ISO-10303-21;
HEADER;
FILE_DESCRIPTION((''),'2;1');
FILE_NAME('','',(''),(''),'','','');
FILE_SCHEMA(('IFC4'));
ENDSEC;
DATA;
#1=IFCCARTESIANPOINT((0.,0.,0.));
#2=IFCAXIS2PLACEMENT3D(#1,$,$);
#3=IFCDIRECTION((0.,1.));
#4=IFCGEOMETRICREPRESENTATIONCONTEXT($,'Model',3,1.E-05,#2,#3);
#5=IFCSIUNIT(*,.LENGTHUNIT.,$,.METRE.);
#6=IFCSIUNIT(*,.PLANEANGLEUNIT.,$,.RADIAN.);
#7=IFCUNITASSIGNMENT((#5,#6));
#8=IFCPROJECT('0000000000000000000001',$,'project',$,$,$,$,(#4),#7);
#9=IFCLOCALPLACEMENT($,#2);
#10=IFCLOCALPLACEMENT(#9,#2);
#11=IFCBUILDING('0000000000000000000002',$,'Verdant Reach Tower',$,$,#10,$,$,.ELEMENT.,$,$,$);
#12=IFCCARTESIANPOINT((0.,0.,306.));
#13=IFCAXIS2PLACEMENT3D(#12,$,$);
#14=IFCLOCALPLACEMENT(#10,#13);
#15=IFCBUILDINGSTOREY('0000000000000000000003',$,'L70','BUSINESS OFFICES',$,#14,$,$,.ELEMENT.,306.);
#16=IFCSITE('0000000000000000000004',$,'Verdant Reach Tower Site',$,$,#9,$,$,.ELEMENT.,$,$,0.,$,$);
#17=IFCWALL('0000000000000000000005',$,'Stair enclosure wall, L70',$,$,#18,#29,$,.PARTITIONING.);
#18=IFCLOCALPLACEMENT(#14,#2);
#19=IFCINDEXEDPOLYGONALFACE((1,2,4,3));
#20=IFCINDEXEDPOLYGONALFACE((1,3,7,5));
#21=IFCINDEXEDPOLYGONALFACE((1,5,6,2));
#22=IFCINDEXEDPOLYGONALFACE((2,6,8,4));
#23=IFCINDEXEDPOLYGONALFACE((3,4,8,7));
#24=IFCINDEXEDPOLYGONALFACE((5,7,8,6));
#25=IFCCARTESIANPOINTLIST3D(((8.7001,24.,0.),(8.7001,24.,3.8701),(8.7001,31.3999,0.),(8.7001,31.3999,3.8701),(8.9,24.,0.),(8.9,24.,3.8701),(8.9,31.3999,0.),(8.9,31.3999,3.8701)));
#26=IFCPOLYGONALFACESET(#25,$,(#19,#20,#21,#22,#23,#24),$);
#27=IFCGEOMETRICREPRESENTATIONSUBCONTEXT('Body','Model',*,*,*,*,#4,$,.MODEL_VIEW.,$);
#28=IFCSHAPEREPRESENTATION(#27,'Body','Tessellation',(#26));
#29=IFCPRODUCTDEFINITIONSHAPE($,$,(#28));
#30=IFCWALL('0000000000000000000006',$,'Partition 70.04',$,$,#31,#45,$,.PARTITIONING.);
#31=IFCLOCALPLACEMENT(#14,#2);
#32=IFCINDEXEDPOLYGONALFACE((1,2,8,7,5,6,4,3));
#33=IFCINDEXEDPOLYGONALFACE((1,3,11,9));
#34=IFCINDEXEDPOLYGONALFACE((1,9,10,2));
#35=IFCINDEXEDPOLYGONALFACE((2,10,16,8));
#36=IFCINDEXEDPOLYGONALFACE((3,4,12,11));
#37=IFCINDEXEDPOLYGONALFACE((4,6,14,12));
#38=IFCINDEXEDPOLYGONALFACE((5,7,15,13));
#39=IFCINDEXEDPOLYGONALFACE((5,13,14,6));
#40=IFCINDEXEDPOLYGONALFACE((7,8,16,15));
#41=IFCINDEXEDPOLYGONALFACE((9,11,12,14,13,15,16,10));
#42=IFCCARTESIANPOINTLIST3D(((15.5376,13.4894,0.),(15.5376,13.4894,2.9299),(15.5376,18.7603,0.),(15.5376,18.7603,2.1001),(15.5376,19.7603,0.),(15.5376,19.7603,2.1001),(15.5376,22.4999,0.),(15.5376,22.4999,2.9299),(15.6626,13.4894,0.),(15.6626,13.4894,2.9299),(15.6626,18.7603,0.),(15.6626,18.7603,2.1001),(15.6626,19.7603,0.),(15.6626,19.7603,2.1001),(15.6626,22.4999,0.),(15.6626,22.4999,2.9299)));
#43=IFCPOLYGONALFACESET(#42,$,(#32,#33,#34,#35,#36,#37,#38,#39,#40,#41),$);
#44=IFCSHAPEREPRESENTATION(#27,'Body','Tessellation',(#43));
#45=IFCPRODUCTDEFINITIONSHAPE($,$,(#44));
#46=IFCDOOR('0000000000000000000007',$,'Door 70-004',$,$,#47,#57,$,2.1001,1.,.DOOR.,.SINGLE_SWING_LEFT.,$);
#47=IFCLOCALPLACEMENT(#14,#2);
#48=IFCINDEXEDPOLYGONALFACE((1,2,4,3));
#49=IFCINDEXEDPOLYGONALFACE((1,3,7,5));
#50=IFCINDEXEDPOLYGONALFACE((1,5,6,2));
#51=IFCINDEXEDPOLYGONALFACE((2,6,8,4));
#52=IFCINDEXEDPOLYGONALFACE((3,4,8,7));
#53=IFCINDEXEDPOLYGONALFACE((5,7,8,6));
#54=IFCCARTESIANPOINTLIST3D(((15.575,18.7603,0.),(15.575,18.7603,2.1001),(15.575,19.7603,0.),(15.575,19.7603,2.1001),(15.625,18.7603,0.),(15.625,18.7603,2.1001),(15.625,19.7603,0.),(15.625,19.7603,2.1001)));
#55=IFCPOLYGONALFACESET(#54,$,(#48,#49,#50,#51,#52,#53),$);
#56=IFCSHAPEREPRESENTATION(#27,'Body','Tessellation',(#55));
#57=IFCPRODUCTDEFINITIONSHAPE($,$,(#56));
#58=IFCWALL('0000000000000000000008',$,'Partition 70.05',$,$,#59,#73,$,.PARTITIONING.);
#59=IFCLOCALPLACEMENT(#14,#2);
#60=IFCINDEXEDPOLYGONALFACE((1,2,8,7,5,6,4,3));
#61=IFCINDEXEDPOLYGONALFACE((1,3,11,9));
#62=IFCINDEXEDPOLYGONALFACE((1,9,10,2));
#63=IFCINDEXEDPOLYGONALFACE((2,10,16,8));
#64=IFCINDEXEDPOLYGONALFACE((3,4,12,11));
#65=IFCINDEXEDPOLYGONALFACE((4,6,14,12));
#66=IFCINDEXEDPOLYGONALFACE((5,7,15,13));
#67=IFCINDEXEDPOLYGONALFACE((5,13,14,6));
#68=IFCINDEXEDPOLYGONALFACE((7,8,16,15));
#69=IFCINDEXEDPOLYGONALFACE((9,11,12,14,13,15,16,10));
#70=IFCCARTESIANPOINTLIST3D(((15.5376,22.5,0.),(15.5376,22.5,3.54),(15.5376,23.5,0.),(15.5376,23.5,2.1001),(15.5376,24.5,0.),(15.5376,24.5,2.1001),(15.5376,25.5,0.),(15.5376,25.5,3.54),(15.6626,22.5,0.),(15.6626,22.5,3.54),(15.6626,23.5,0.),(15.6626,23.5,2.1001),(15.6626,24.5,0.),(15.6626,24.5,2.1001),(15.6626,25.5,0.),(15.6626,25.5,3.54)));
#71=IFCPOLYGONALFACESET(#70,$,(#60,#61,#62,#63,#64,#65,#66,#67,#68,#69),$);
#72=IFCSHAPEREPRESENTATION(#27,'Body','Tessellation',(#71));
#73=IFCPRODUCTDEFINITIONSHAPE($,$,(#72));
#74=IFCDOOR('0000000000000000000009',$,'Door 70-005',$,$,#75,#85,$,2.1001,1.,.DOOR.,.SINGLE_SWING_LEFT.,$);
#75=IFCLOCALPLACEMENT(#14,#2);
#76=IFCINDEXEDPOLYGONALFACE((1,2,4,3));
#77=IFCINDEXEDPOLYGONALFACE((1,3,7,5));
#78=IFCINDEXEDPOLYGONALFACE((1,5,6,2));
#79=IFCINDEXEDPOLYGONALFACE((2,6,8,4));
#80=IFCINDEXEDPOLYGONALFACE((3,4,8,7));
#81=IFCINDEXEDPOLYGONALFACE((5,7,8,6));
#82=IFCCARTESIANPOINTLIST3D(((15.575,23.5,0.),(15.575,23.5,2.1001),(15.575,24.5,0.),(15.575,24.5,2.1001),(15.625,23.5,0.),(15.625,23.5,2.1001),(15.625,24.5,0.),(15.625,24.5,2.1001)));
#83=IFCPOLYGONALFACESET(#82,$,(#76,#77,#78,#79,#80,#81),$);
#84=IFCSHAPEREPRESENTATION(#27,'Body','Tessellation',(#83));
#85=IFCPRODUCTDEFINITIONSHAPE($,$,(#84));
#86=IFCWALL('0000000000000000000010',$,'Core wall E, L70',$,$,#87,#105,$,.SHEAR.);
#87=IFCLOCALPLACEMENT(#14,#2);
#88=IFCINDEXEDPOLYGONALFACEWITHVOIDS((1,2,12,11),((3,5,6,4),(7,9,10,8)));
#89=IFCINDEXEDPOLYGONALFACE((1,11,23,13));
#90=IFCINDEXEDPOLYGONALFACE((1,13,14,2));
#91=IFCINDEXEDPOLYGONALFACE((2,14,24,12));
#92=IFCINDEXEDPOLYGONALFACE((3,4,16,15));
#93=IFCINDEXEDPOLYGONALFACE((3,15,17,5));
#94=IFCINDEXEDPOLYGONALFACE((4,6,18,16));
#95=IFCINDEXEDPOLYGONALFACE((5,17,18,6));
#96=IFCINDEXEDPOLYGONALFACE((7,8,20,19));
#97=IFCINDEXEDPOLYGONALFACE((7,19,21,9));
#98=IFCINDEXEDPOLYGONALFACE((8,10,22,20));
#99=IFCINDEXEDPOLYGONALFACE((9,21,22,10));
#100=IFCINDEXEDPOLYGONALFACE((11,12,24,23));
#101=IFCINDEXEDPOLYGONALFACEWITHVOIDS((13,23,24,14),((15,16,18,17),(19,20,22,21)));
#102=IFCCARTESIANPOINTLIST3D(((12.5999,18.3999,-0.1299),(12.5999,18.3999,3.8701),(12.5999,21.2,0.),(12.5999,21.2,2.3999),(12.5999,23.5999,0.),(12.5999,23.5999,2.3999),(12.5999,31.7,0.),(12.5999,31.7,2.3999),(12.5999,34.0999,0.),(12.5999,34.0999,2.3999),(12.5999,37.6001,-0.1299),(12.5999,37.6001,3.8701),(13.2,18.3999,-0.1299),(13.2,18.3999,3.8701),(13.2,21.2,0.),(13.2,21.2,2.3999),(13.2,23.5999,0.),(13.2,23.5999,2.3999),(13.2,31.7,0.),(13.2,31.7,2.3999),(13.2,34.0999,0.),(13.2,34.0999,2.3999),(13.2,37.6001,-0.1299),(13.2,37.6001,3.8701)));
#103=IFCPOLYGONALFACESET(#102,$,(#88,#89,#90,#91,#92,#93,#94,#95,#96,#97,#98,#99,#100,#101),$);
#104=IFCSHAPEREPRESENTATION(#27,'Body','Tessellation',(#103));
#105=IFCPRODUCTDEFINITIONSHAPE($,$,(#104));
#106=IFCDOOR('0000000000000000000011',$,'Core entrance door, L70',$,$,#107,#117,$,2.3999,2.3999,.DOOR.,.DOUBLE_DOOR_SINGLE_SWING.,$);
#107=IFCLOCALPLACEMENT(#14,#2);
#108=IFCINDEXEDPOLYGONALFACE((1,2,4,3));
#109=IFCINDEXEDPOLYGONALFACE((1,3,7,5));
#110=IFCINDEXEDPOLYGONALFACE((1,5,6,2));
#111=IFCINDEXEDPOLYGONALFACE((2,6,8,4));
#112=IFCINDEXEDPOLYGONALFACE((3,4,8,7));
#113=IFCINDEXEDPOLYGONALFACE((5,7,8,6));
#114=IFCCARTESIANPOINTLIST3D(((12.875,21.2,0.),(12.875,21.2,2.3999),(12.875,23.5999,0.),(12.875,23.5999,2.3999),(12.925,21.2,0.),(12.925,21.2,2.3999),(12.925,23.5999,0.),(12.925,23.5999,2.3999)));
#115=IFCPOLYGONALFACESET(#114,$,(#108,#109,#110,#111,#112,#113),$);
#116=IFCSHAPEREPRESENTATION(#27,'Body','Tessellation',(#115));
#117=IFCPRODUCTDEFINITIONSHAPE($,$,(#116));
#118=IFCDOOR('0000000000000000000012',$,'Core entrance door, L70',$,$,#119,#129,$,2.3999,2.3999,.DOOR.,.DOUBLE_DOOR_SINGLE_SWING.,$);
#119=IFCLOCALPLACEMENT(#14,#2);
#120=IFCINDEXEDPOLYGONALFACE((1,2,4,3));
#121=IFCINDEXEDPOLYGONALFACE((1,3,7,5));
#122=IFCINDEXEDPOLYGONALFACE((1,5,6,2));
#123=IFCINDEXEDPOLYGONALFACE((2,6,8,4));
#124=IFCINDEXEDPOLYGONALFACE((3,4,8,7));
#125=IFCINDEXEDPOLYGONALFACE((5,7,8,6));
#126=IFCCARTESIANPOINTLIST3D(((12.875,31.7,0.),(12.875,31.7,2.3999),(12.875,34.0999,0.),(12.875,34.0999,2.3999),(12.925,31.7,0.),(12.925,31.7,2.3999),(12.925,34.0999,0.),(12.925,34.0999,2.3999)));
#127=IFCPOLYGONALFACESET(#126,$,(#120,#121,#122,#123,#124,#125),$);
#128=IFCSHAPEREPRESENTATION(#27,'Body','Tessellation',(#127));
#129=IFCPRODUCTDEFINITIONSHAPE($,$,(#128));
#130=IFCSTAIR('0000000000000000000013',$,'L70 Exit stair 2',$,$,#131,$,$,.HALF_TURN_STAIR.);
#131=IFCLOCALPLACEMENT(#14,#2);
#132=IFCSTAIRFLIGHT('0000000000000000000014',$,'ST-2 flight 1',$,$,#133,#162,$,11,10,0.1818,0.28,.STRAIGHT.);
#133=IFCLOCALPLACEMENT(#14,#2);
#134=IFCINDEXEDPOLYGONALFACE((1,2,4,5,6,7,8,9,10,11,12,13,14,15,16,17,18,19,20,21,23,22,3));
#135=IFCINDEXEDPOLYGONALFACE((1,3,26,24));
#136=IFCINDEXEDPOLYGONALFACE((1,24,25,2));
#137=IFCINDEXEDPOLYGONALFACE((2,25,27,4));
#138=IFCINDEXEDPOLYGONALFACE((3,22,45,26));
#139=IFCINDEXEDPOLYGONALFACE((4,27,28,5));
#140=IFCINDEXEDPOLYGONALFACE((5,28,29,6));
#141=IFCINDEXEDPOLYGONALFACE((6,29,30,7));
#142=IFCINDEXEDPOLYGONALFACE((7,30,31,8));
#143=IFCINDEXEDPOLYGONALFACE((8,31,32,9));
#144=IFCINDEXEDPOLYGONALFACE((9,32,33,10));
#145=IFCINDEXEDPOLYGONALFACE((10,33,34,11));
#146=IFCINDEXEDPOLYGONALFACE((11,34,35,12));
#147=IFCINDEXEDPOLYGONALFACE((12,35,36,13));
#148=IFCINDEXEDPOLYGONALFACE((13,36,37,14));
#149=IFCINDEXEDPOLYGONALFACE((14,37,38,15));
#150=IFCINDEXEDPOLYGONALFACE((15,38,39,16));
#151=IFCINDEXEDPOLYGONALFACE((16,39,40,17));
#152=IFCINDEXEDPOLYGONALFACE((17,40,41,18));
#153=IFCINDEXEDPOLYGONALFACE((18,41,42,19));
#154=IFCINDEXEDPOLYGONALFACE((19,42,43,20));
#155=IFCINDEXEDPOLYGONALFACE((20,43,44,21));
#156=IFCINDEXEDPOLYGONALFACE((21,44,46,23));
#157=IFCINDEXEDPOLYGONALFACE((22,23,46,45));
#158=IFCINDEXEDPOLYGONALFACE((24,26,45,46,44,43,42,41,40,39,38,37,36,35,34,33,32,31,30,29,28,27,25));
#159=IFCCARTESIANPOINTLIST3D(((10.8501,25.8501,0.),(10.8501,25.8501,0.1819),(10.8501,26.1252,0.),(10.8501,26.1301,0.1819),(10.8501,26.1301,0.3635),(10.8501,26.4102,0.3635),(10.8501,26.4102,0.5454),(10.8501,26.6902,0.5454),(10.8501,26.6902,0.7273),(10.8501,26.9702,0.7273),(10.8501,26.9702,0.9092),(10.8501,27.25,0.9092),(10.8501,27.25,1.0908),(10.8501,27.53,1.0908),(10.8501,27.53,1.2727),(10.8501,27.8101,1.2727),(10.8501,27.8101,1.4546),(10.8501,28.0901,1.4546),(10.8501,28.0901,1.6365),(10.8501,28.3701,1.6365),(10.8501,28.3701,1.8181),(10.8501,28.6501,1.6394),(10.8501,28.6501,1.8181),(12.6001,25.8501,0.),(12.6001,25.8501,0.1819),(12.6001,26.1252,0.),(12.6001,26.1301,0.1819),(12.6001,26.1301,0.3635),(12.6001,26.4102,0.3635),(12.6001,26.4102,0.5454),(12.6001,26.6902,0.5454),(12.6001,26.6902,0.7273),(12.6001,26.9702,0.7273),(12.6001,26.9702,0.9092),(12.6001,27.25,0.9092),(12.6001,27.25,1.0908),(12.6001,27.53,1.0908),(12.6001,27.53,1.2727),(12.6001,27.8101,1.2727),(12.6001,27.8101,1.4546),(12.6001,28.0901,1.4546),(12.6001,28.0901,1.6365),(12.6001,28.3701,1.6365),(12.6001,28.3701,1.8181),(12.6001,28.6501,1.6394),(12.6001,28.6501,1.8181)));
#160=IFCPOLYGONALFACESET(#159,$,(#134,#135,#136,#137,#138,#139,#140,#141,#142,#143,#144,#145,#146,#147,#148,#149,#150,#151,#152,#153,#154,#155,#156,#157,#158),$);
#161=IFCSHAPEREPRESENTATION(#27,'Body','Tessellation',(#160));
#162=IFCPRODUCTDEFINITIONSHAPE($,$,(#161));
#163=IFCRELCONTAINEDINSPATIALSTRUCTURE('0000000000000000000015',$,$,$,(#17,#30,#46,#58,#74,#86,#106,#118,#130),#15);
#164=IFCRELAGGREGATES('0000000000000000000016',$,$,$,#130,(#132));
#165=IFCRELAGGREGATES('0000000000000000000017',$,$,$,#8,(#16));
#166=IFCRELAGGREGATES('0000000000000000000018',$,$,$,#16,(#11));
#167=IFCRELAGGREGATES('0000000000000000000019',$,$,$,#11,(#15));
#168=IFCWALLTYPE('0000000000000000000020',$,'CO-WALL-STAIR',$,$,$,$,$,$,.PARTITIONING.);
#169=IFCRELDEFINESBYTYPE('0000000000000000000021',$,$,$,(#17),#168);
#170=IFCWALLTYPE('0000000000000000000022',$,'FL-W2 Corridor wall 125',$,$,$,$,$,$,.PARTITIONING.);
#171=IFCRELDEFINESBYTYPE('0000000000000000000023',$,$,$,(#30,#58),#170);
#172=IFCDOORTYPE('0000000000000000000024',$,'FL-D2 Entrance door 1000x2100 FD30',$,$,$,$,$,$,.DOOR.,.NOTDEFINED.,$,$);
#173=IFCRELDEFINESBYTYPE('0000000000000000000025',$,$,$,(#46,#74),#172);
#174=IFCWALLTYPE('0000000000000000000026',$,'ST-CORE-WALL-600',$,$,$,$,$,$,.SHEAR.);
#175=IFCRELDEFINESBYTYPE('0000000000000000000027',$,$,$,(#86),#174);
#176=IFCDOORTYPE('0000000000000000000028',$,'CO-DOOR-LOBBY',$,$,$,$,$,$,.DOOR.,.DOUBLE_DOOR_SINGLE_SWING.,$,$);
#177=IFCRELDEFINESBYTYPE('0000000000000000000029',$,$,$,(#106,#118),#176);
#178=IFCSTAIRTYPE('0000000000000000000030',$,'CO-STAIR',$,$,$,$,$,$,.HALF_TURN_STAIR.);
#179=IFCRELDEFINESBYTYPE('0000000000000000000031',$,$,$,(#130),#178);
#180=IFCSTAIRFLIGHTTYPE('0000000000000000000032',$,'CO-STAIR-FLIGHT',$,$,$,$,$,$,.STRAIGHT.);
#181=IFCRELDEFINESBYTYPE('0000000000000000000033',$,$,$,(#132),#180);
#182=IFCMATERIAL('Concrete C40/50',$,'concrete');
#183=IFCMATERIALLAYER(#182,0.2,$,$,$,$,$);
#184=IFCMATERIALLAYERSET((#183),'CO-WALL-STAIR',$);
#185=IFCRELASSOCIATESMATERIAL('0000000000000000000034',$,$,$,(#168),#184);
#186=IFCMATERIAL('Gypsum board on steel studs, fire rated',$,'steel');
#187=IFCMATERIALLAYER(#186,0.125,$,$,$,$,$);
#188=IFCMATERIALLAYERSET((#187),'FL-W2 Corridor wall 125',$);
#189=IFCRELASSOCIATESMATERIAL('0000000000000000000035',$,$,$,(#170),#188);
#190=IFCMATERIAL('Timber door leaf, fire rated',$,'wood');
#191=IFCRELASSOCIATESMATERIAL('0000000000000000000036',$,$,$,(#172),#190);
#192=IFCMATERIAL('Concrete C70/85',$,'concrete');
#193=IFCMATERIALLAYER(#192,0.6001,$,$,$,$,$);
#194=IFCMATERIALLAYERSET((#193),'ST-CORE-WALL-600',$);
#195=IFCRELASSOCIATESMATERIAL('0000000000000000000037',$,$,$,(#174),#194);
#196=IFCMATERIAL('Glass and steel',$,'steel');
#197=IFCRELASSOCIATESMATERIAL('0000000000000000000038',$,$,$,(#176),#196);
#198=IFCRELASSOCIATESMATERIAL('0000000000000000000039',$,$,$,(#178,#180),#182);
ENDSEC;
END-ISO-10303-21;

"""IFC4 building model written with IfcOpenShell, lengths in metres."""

from ifc_helpers import new_model, si_unit, direction, frame, frame_2d, origin, place, context, subcontext, project, spatial, polyline, rectangle, outline, extrude, material, layer, layer_set, type_object, element, fill, aggregate, save


model = new_model("IFC4")

# Units and contexts
model_context = context("Model", 3, precision=1e-05, world=origin(), true_north=direction((0.0, 1.0)))
body_context = subcontext(model_context, "Body", "Model", "MODEL_VIEW")
ifc_project = project(units=[si_unit("LENGTHUNIT", "METRE"), si_unit("PLANEANGLEUNIT", "RADIAN")], contexts=[model_context])

# Site, building, storey
site_placement = place(None, origin())
site = spatial("IfcSite", under=ifc_project, at=site_placement, Name="Verdant Reach Tower Site", CompositionType="ELEMENT", RefElevation=0.0)
building_placement = place(site_placement, origin())
building = spatial("IfcBuilding", under=site, at=building_placement, Name="Verdant Reach Tower", CompositionType="ELEMENT")
storey_placement = place(building_placement, frame((0.0, 0.0, 306.0)))
storey = spatial("IfcBuildingStorey", under=building, at=storey_placement, Name="L70", Description="BUSINESS OFFICES", CompositionType="ELEMENT", Elevation=306.0)

# Shared definitions
ifc_material_1 = material(Name="Concrete C40/50", Category="concrete")
ifc_layer_1 = layer(ifc_material_1, 0.2)
ifc_layer_set_1 = layer_set([ifc_layer_1], Name="CO-WALL-STAIR")
wall_type_1 = type_object("IfcWallType", Name="CO-WALL-STAIR", PredefinedType="PARTITIONING", material=ifc_layer_set_1)

# Wall
wall_1_placement = place(storey_placement, frame((8.8, 24.0, 0.0), z_axis=(0.0, 0.0, 1.0), x_axis=(0.0, 1.0, 0.0)))
element("IfcWall", 1, at=wall_1_placement, inside=storey, type_object=wall_type_1, Name="Stair enclosure wall, L70", PredefinedType="PARTITIONING", context=body_context, shape_type="SweptSolid", body=[
    extrude(rectangle(XDim=7.3999, YDim=0.2, at=frame_2d((3.7, 0.0))), origin(), (0.0, 0.0, 1.0), 3.8701),
])

# Walls, openings, doors
ifc_material_2 = material(Name="Gypsum board on steel studs, fire rated", Category="steel")
ifc_layer_2 = layer(ifc_material_2, 0.125)
ifc_layer_set_2 = layer_set([ifc_layer_2], Name="FL-W2 Corridor wall 125")
wall_type_2 = type_object("IfcWallType", Name="FL-W2 Corridor wall 125", PredefinedType="PARTITIONING", material=ifc_layer_set_2)
wall_2_placement = place(storey_placement, frame((15.6001, 22.5, 0.0), z_axis=(0.0, 0.0, 1.0), x_axis=(0.0, -1.0, 0.0)))
wall_2 = element("IfcWall", 2, at=wall_2_placement, inside=storey, type_object=wall_type_2, Name="Partition 70.04", PredefinedType="PARTITIONING", context=body_context, shape_type="SweptSolid", body=[
    extrude(rectangle(XDim=9.0105, YDim=0.125, at=frame_2d((4.5054, 0.0))), origin(), (0.0, 0.0, 1.0), 2.9299),
])
opening_1_placement = place(wall_2_placement, frame((2.7397, 0.0, 0.0)))
opening_1 = element("IfcOpeningElement", 3, at=opening_1_placement, cuts=wall_2, PredefinedType="OPENING", context=body_context, shape_type="SweptSolid", body=[
    extrude(rectangle(XDim=1.0, YDim=2.1001, at=frame_2d((0.5, 1.05))), frame((0.0, 0.0725, 0.0), z_axis=(0.0, -1.0, 0.0), x_axis=(1.0, 0.0, 0.0)), (0.0, 0.0, 1.0), 0.145),
])
ifc_material_3 = material(Name="Timber door leaf, fire rated", Category="wood")
door_type_1 = type_object("IfcDoorType", Name="FL-D2 Entrance door 1000x2100 FD30", OperationType="NOTDEFINED", PredefinedType="DOOR", material=ifc_material_3)
door_1_placement = place(opening_1_placement, origin())
door_1 = element("IfcDoor", 4, at=door_1_placement, inside=storey, type_object=door_type_1, Name="Door 70-004", OperationType="SINGLE_SWING_LEFT", OverallHeight=2.1001, OverallWidth=1.0, PredefinedType="DOOR", context=body_context, shape_type="SweptSolid", body=[
    extrude(rectangle(XDim=1.0, YDim=2.1001, at=frame_2d((0.5, 1.05))), frame((0.0, 0.0249, 0.0), z_axis=(0.0, -1.0, 0.0), x_axis=(1.0, 0.0, 0.0)), (0.0, 0.0, 1.0), 0.05),
])
fill(opening_1, door_1)
wall_3_placement = place(storey_placement, frame((15.6001, 25.5, 0.0), z_axis=(0.0, 0.0, 1.0), x_axis=(0.0, -1.0, 0.0)))
wall_3 = element("IfcWall", 5, at=wall_3_placement, inside=storey, type_object=wall_type_2, Name="Partition 70.05", PredefinedType="PARTITIONING", context=body_context, shape_type="SweptSolid", body=[
    extrude(rectangle(XDim=3.0, YDim=0.125, at=frame_2d((1.5, 0.0))), origin(), (0.0, 0.0, 1.0), 3.54),
])
opening_2_placement = place(wall_3_placement, frame((1.0, 0.0, 0.0)))
opening_2 = element("IfcOpeningElement", 6, at=opening_2_placement, cuts=wall_3, PredefinedType="OPENING", context=body_context, shape_type="SweptSolid", body=[
    extrude(rectangle(XDim=1.0, YDim=2.1001, at=frame_2d((0.5, 1.05))), frame((0.0, 0.0725, 0.0), z_axis=(0.0, -1.0, 0.0), x_axis=(1.0, 0.0, 0.0)), (0.0, 0.0, 1.0), 0.145),
])
door_2_placement = place(opening_2_placement, origin())
door_2 = element("IfcDoor", 7, at=door_2_placement, inside=storey, type_object=door_type_1, Name="Door 70-005", OperationType="SINGLE_SWING_LEFT", OverallHeight=2.1001, OverallWidth=1.0, PredefinedType="DOOR", context=body_context, shape_type="SweptSolid", body=[
    extrude(rectangle(XDim=1.0, YDim=2.1001, at=frame_2d((0.5, 1.05))), frame((0.0, 0.0249, 0.0), z_axis=(0.0, -1.0, 0.0), x_axis=(1.0, 0.0, 0.0)), (0.0, 0.0, 1.0), 0.05),
])
fill(opening_2, door_2)

# Wall, openings, doors
ifc_material_4 = material(Name="Concrete C70/85", Category="concrete")
ifc_layer_3 = layer(ifc_material_4, 0.6001)
ifc_layer_set_3 = layer_set([ifc_layer_3], Name="ST-CORE-WALL-600")
wall_type_3 = type_object("IfcWallType", Name="ST-CORE-WALL-600", PredefinedType="SHEAR", material=ifc_layer_set_3)
wall_4_placement = place(storey_placement, frame((12.8999, 18.3999, -0.1299), z_axis=(0.0, 0.0, 1.0), x_axis=(0.0, 1.0, 0.0)))
wall_4 = element("IfcWall", 8, at=wall_4_placement, inside=storey, type_object=wall_type_3, Name="Core wall E, L70", PredefinedType="SHEAR", context=body_context, shape_type="SweptSolid", body=[
    extrude(rectangle(XDim=19.2002, YDim=0.6001, at=frame_2d((9.6001, 0.0))), origin(), (0.0, 0.0, 1.0), 4.0),
])
opening_3_placement = place(wall_4_placement, frame((2.8, 0.0, 0.1299)))
opening_3 = element("IfcOpeningElement", 9, at=opening_3_placement, cuts=wall_4, PredefinedType="OPENING", context=body_context, shape_type="SweptSolid", body=[
    extrude(rectangle(XDim=2.3999, YDim=2.3999, at=frame_2d((1.2, 1.2))), frame((0.0, 0.3101, 0.0), z_axis=(0.0, -1.0, 0.0), x_axis=(1.0, 0.0, 0.0)), (0.0, 0.0, 1.0), 0.6201),
])
opening_4_placement = place(wall_4_placement, frame((13.3, 0.0, 0.1299)))
opening_4 = element("IfcOpeningElement", 10, at=opening_4_placement, cuts=wall_4, PredefinedType="OPENING", context=body_context, shape_type="SweptSolid", body=[
    extrude(rectangle(XDim=2.3999, YDim=2.3999, at=frame_2d((1.2, 1.2))), frame((0.0, 0.3101, 0.0), z_axis=(0.0, -1.0, 0.0), x_axis=(1.0, 0.0, 0.0)), (0.0, 0.0, 1.0), 0.6201),
])
ifc_material_5 = material(Name="Glass and steel", Category="steel")
door_type_2 = type_object("IfcDoorType", Name="CO-DOOR-LOBBY", OperationType="DOUBLE_DOOR_SINGLE_SWING", PredefinedType="DOOR", material=ifc_material_5)
door_3_placement = place(opening_3_placement, origin())
door_3 = element("IfcDoor", 11, at=door_3_placement, inside=storey, type_object=door_type_2, Name="Core entrance door, L70", OperationType="DOUBLE_DOOR_SINGLE_SWING", OverallHeight=2.3999, OverallWidth=2.3999, PredefinedType="DOOR", context=body_context, shape_type="SweptSolid", body=[
    extrude(rectangle(XDim=2.3999, YDim=2.3999, at=frame_2d((1.2, 1.2))), frame((0.0, 0.0249, 0.0), z_axis=(0.0, -1.0, 0.0), x_axis=(1.0, 0.0, 0.0)), (0.0, 0.0, 1.0), 0.05),
])
fill(opening_3, door_3)
door_4_placement = place(opening_4_placement, origin())
door_4 = element("IfcDoor", 12, at=door_4_placement, inside=storey, type_object=door_type_2, Name="Core entrance door, L70", OperationType="DOUBLE_DOOR_SINGLE_SWING", OverallHeight=2.3999, OverallWidth=2.3999, PredefinedType="DOOR", context=body_context, shape_type="SweptSolid", body=[
    extrude(rectangle(XDim=2.3999, YDim=2.3999, at=frame_2d((1.2, 1.2))), frame((0.0, 0.0249, 0.0), z_axis=(0.0, -1.0, 0.0), x_axis=(1.0, 0.0, 0.0)), (0.0, 0.0, 1.0), 0.05),
])
fill(opening_4, door_4)

# Stair, stair flight
stair_type = type_object("IfcStairType", Name="CO-STAIR", PredefinedType="HALF_TURN_STAIR", material=ifc_material_1)
stair_placement = place(storey_placement, origin())
stair = element("IfcStair", 13, at=stair_placement, inside=storey, type_object=stair_type, Name="L70 Exit stair 2", PredefinedType="HALF_TURN_STAIR")
stair_flight_type = type_object("IfcStairFlightType", Name="CO-STAIR-FLIGHT", PredefinedType="STRAIGHT", material=ifc_material_1)
stair_flight_placement = place(storey_placement, frame((11.7251, 25.8501, 0.0), z_axis=(0.0, 0.0, 1.0), x_axis=(0.0, 1.0, 0.0)))
stair_flight = element("IfcStairFlight", 14, at=stair_flight_placement, type_object=stair_flight_type, Name="ST-2 flight 1", NumberOfRisers=11, NumberOfTreads=10, PredefinedType="STRAIGHT", RiserHeight=0.1818, TreadLength=0.28, context=body_context, shape_type="SweptSolid", body=[
    extrude(outline(polyline([(0.0, 0.0), (0.0, 0.1819), (0.28, 0.1819), (0.28, 0.3635), (0.5601, 0.3635), (0.5601, 0.5454), (0.8401, 0.5454), (0.8401, 0.7273), (1.1201, 0.7273), (1.1201, 0.9092), (1.3999, 0.9092), (1.3999, 1.0908), (1.6799, 1.0908), (1.6799, 1.2727), (1.96, 1.2727), (1.96, 1.4546), (2.24, 1.4546), (2.24, 1.6365), (2.52, 1.6365), (2.52, 1.8181), (2.8, 1.8181), (2.8, 2.0), (2.8, 1.6394), (0.2751, 0.0), (0.0, 0.0)])), frame((0.0, 0.875, 0.0), z_axis=(0.0, -1.0, 0.0), x_axis=(1.0, 0.0, 0.0)), (0.0, 0.0, 1.0), 1.75),
])
aggregate(stair, [stair_flight])

save(model, "model.ifc")
